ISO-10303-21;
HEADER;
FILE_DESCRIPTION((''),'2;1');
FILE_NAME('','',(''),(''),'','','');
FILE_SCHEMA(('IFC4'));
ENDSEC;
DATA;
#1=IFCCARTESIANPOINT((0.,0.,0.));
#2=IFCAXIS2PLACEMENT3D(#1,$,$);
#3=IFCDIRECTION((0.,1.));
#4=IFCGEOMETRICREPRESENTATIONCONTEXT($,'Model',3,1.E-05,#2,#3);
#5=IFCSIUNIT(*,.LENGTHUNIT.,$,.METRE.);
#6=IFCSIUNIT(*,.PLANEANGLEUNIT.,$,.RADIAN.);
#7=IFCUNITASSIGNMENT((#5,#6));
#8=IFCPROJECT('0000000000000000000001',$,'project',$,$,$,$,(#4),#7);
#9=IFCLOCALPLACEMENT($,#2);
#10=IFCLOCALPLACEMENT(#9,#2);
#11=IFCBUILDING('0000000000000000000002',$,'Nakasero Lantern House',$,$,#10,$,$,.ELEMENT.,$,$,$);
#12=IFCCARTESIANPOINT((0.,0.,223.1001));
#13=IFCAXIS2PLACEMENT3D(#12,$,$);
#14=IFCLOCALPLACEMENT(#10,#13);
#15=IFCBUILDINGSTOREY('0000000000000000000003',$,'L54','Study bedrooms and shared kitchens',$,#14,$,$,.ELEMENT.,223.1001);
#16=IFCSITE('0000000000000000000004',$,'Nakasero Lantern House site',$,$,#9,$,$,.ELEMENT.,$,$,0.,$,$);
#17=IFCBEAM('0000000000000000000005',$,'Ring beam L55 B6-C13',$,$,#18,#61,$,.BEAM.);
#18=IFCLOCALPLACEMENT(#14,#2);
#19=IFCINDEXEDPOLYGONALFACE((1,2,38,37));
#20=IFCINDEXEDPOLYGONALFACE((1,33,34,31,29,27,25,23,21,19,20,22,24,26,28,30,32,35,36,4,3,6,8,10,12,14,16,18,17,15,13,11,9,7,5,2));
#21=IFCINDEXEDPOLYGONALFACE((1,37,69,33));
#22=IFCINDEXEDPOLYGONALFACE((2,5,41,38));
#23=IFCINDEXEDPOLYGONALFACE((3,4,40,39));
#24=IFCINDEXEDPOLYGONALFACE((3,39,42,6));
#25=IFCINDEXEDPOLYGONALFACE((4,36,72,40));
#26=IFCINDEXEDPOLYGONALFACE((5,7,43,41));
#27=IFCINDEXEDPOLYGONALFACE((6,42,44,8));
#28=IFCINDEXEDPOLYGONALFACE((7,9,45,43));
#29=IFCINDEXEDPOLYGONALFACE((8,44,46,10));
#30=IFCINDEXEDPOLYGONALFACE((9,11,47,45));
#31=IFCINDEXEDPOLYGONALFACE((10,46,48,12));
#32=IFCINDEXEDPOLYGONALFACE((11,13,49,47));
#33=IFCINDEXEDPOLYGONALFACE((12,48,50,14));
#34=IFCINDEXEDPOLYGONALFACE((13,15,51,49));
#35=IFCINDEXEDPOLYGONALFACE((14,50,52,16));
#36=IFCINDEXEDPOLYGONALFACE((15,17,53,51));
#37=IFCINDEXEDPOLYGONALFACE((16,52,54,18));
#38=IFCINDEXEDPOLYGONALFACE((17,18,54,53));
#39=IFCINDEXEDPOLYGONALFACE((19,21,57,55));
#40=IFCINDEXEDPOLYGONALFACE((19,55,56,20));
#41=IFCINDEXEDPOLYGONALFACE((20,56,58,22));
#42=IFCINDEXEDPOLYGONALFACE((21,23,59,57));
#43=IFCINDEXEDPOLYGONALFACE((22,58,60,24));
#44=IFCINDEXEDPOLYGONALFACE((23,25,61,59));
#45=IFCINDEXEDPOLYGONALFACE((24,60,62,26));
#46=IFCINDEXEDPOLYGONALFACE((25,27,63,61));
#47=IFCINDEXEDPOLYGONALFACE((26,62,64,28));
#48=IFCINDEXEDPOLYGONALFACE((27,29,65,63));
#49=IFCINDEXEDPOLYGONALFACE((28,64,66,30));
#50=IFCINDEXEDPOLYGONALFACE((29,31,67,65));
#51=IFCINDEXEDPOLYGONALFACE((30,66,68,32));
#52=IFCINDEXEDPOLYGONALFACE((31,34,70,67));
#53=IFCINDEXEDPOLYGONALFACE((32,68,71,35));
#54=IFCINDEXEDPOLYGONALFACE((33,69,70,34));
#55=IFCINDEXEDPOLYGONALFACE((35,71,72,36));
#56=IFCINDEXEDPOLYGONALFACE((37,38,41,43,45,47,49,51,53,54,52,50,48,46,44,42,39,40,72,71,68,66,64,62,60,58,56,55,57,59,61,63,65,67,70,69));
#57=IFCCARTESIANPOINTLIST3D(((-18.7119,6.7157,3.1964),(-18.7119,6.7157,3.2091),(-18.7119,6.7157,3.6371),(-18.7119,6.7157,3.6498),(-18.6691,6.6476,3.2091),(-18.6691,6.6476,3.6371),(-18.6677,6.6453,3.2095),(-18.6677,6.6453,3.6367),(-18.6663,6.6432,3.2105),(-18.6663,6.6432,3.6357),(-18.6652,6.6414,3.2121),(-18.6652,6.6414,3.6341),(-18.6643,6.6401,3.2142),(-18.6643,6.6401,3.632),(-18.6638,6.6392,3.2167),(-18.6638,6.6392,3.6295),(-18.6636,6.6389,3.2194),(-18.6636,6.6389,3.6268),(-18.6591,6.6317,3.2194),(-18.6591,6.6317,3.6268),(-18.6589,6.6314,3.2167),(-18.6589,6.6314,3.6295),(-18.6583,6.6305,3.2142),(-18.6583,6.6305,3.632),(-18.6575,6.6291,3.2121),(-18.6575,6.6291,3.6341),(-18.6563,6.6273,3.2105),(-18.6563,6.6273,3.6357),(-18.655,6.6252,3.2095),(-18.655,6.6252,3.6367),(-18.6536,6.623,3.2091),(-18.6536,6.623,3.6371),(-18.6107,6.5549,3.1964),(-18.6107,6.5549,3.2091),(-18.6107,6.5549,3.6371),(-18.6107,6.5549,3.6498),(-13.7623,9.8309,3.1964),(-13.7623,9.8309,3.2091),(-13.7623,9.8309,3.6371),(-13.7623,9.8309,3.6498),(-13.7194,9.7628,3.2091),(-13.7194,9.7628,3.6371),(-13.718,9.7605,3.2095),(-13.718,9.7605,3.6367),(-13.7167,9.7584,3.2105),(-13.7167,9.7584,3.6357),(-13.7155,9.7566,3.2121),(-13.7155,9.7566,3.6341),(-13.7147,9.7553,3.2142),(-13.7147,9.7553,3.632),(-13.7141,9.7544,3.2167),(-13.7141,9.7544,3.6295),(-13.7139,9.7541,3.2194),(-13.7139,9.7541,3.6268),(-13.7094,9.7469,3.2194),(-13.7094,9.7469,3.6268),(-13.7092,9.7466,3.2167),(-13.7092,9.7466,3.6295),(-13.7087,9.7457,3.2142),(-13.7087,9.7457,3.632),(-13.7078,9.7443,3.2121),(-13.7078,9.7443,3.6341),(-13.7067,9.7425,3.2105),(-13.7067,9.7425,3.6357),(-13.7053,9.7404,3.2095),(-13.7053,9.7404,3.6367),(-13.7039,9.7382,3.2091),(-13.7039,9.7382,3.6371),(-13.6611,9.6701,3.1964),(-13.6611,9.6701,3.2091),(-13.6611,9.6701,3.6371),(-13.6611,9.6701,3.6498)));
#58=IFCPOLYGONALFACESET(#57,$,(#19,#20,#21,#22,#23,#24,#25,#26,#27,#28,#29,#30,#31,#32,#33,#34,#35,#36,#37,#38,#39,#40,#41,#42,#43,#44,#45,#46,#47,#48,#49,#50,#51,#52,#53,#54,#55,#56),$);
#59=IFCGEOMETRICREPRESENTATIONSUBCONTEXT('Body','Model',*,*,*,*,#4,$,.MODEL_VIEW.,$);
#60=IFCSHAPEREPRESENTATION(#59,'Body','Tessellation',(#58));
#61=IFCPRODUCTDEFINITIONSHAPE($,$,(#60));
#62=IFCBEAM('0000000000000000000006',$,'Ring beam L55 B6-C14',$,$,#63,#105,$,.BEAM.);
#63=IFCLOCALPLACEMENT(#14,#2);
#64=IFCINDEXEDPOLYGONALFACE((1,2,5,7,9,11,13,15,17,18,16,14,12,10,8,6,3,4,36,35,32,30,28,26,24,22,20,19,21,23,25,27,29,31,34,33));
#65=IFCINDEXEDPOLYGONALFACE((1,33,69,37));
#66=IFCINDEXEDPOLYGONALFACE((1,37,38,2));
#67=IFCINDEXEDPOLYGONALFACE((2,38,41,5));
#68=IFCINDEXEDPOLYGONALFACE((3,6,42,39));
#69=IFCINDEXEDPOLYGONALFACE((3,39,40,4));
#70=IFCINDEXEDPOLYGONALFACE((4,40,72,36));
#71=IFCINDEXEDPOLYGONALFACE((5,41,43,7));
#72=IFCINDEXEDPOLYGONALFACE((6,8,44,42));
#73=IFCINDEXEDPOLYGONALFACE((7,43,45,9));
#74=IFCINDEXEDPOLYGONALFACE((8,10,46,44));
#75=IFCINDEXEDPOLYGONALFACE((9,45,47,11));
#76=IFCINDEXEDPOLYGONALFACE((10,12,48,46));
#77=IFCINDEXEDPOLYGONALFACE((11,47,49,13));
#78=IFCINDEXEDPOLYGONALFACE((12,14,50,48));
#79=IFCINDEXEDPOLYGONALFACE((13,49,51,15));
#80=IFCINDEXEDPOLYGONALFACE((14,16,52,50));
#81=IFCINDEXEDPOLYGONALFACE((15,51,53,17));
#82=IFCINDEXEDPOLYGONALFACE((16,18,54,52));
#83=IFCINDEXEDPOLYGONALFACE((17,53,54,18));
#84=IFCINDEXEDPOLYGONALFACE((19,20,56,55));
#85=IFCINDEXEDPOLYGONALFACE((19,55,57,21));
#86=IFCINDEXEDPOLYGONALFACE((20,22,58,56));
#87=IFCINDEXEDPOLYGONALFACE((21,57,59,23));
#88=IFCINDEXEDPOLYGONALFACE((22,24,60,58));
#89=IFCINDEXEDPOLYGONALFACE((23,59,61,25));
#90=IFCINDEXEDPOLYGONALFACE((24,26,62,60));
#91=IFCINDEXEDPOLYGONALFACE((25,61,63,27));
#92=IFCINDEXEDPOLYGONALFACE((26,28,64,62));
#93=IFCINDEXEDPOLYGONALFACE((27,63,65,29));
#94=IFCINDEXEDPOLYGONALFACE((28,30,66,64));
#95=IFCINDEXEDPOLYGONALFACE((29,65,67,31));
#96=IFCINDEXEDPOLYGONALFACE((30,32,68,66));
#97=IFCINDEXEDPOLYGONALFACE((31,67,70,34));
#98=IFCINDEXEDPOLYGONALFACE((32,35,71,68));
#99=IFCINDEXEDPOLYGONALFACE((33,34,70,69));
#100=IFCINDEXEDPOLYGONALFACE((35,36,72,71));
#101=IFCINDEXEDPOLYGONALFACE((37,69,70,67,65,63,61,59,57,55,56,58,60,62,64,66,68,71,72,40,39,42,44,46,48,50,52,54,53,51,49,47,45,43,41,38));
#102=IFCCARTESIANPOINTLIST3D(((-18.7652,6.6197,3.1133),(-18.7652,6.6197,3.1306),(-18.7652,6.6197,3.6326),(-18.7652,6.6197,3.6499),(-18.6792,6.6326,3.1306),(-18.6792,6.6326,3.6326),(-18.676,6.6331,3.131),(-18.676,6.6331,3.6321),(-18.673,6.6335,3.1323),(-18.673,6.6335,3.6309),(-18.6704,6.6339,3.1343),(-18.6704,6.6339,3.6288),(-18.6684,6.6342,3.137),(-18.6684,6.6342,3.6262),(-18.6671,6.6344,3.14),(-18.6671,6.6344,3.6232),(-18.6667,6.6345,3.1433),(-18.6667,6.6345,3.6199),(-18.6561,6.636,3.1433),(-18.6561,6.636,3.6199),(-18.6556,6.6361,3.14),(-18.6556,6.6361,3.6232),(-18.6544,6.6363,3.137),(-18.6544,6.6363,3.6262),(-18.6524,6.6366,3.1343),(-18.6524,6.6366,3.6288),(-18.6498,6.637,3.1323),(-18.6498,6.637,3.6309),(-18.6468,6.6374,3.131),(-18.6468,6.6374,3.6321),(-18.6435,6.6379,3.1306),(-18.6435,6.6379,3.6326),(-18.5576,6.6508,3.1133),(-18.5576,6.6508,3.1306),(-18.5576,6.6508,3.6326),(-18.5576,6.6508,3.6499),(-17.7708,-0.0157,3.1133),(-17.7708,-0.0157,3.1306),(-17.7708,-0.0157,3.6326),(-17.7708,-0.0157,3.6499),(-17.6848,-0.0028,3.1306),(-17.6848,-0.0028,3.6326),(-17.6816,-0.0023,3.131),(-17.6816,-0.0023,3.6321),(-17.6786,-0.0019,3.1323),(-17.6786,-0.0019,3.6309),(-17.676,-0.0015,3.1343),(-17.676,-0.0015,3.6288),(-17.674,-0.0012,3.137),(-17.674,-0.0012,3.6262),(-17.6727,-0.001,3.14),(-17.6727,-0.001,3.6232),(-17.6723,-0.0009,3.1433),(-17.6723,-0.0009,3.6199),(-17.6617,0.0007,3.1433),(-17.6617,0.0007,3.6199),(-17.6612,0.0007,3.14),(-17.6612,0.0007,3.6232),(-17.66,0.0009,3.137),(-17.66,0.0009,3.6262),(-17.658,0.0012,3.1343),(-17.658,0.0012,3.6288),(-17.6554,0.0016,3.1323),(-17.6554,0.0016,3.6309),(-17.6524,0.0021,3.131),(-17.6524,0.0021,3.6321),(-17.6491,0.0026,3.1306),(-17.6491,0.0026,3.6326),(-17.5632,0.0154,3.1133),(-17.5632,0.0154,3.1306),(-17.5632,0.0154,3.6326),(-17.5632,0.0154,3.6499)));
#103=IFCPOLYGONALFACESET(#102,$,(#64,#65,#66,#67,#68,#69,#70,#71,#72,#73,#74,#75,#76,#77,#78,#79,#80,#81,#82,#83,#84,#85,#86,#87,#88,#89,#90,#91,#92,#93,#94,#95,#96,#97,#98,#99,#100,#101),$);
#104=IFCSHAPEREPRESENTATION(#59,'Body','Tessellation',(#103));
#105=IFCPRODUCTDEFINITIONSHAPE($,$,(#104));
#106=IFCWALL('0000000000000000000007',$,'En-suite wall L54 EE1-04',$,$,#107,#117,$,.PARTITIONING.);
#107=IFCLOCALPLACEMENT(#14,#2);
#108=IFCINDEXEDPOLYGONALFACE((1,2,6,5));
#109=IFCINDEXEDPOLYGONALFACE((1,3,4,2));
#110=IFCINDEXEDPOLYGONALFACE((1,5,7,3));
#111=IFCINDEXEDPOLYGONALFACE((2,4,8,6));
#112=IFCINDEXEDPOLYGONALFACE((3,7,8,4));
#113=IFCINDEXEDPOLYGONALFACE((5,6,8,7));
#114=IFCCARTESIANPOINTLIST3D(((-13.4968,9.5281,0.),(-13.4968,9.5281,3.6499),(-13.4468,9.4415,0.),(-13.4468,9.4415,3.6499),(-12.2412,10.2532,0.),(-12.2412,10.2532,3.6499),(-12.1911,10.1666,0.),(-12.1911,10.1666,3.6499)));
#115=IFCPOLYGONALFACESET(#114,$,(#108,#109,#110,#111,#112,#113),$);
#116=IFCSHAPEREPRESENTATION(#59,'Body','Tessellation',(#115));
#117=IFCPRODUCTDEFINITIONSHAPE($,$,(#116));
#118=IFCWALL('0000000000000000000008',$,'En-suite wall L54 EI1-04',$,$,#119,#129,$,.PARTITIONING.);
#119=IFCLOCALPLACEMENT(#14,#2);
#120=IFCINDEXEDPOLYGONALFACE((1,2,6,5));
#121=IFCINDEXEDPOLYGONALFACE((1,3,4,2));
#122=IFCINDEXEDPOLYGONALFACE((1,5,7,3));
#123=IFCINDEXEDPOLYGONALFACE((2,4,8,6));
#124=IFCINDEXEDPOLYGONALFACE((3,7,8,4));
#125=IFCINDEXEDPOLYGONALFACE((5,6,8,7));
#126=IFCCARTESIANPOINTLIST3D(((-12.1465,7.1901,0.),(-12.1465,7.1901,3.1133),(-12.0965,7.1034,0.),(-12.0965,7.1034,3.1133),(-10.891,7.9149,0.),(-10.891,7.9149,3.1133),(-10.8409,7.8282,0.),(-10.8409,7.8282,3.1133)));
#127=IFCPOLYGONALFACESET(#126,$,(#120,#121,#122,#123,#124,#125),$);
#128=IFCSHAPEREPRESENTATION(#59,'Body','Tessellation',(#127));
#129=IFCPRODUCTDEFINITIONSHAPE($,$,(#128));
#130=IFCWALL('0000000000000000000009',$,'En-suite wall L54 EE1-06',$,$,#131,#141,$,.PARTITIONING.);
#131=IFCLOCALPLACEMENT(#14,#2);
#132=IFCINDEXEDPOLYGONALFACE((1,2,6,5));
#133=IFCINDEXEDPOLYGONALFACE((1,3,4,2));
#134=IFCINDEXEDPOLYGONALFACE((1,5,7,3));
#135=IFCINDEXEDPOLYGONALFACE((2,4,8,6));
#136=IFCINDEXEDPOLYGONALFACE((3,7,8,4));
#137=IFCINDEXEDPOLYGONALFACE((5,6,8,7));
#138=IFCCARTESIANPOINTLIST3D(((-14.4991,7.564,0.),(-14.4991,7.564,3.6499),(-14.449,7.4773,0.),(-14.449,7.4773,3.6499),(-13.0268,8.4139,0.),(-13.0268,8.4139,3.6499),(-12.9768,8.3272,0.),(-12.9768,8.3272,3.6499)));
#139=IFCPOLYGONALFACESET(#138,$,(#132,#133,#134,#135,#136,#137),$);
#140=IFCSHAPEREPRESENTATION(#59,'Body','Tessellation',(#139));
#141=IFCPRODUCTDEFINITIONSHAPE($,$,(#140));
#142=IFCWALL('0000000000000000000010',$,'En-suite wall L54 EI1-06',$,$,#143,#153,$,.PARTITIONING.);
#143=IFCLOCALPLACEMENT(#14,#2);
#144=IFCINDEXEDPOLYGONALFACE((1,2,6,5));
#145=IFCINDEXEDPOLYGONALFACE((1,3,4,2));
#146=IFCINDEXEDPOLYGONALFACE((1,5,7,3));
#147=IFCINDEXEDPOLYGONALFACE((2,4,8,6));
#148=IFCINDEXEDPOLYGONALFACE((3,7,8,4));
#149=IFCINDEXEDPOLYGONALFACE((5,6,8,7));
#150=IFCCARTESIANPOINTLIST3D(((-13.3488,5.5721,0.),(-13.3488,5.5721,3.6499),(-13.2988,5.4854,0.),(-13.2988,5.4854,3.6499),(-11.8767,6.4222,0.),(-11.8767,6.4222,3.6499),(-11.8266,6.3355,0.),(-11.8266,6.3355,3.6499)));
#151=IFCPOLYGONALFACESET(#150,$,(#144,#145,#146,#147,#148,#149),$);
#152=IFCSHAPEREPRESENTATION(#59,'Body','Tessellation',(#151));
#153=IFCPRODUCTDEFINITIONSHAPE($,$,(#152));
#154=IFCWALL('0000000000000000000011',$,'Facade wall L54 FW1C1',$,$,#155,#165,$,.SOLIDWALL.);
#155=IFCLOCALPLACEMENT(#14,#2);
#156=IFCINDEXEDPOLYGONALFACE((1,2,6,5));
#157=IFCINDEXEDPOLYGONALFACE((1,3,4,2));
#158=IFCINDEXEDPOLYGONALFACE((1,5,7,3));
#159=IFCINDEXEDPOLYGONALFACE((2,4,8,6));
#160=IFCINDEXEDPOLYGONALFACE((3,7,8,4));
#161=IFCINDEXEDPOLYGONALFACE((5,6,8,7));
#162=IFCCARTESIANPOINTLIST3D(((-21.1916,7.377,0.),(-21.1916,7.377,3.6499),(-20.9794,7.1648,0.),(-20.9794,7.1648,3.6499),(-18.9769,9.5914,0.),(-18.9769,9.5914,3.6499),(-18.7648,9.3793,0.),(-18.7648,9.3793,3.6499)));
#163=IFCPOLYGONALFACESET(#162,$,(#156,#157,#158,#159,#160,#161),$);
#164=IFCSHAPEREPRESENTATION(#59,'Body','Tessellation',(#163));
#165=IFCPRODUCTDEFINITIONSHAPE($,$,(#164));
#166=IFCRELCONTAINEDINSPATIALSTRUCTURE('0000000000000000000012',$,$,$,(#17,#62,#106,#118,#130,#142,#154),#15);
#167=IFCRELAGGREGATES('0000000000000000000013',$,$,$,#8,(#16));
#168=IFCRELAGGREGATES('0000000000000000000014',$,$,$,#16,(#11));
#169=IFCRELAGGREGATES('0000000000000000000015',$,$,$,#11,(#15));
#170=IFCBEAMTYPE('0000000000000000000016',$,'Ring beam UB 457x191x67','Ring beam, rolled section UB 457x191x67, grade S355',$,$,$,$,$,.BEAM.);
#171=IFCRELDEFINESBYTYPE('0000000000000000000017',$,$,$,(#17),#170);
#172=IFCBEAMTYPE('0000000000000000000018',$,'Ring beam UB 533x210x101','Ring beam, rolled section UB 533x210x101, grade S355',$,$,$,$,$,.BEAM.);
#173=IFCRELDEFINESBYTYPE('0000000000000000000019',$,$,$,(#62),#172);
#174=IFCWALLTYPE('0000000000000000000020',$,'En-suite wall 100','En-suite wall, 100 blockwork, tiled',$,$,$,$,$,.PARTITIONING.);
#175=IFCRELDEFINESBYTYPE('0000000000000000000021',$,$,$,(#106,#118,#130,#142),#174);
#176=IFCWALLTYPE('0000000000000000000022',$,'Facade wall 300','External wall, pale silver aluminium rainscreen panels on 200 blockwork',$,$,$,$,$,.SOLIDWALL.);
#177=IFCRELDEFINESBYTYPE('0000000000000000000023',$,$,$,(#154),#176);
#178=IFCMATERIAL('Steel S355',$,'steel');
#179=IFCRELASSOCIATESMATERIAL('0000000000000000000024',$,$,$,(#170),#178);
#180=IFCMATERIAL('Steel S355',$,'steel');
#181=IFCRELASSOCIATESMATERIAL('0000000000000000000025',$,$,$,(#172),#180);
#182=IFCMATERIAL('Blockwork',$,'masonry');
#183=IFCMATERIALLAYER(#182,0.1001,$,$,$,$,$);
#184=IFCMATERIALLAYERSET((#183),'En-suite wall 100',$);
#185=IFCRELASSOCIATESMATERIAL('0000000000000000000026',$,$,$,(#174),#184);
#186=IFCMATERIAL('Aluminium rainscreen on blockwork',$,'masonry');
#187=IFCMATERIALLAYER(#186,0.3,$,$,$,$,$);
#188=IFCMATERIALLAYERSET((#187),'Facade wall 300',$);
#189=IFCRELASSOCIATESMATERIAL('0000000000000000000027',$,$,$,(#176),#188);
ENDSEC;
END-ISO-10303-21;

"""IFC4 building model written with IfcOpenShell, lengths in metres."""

from ifc_helpers import new_model, si_unit, direction, frame, frame_2d, origin, origin_2d, place, context, subcontext, project, spatial, rectangle, i_section, extrude, material, layer, layer_set, material_profile, profile_set, type_object, element, save


model = new_model("IFC4")

# Units and contexts
model_context = context("Model", 3, precision=1e-05, world=origin(), true_north=direction((0.0, 1.0)))
body_context = subcontext(model_context, "Body", "Model", "MODEL_VIEW")
ifc_project = project(units=[si_unit("LENGTHUNIT", "METRE"), si_unit("PLANEANGLEUNIT", "RADIAN")], contexts=[model_context])

# Site, building, storey
site_placement = place(None, origin())
site = spatial("IfcSite", under=ifc_project, at=site_placement, Name="Nakasero Lantern House site", CompositionType="ELEMENT", RefElevation=0.0)
building_placement = place(site_placement, origin())
building = spatial("IfcBuilding", under=site, at=building_placement, Name="Nakasero Lantern House", CompositionType="ELEMENT")
storey_placement = place(building_placement, frame((0.0, 0.0, 223.1001)))
storey = spatial("IfcBuildingStorey", under=building, at=storey_placement, Name="L54", Description="Study bedrooms and shared kitchens", CompositionType="ELEMENT", Elevation=223.1001)

# Beams
ifc_material_1 = material(Name="Steel S355", Category="steel")
ifc_material_profile_1 = material_profile(ifc_material_1, i_section(OverallWidth=0.1899, OverallDepth=0.4534, WebThickness=0.0085, FlangeThickness=0.0127, FilletRadius=0.0103, at=origin_2d()), Name="UB 457x191x67")
ifc_profile_set_1 = profile_set([ifc_material_profile_1], Name="Steel S355")
beam_type_1 = type_object("IfcBeamType", Name="Ring beam UB 457x191x67", Description="Ring beam, rolled section UB 457x191x67, grade S355", PredefinedType="BEAM", material=ifc_profile_set_1)
beam_1_placement = place(storey_placement, frame((-13.7117, 9.7505, 3.4231), z_axis=(-0.846329, -0.53266, 0.0), x_axis=(0.53266, -0.846329, 0.0)))
element("IfcBeam", 1, at=beam_1_placement, inside=storey, type_object=beam_type_1, Name="Ring beam L55 B6-C13", PredefinedType="BEAM", context=body_context, shape_type="SweptSolid", body=[
    extrude(i_section(OverallWidth=0.1899, OverallDepth=0.4534, WebThickness=0.0085, FlangeThickness=0.0127, FilletRadius=0.0103, at=origin_2d()), origin(), (0.0, 0.0, 1.0), 5.8484),
])
ifc_material_2 = material(Name="Steel S355", Category="steel")
ifc_material_profile_2 = material_profile(ifc_material_2, i_section(OverallWidth=0.21, OverallDepth=0.5366, WebThickness=0.0107, FlangeThickness=0.0173, FilletRadius=0.0127, at=origin_2d()), Name="UB 533x210x101")
ifc_profile_set_2 = profile_set([ifc_material_profile_2], Name="Steel S355")
beam_type_2 = type_object("IfcBeamType", Name="Ring beam UB 533x210x101", Description="Ring beam, rolled section UB 533x210x101, grade S355", PredefinedType="BEAM", material=ifc_profile_set_2)
beam_2_placement = place(storey_placement, frame((-18.6614, 6.6353, 3.3816), z_axis=(0.148209, -0.988956, 0.0), x_axis=(0.988956, 0.148209, 0.0)))
element("IfcBeam", 2, at=beam_2_placement, inside=storey, type_object=beam_type_2, Name="Ring beam L55 B6-C14", PredefinedType="BEAM", context=body_context, shape_type="SweptSolid", body=[
    extrude(i_section(OverallWidth=0.21, OverallDepth=0.5366, WebThickness=0.0107, FlangeThickness=0.0173, FilletRadius=0.0127, at=origin_2d()), origin(), (0.0, 0.0, 1.0), 6.7095),
])

# Walls
ifc_material_3 = material(Name="Blockwork", Category="masonry")
ifc_layer_1 = layer(ifc_material_3, 0.1001)
ifc_layer_set_1 = layer_set([ifc_layer_1], Name="En-suite wall 100")
wall_type_1 = type_object("IfcWallType", Name="En-suite wall 100", Description="En-suite wall, 100 blockwork, tiled", PredefinedType="PARTITIONING", material=ifc_layer_set_1)
wall_1_placement = place(storey_placement, frame((-12.2161, 10.21, 0.0), z_axis=(0.0, 0.0, 1.0), x_axis=(-0.865975, -0.500087, 0.0)))
element("IfcWall", 3, at=wall_1_placement, inside=storey, type_object=wall_type_1, Name="En-suite wall L54 EE1-04", PredefinedType="PARTITIONING", context=body_context, shape_type="SweptSolid", body=[
    extrude(rectangle(XDim=1.45, YDim=0.1001, at=frame_2d((0.7251, 0.0))), origin(), (0.0, 0.0, 1.0), 3.6499),
])
wall_2_placement = place(storey_placement, frame((-10.866, 7.8716, 0.0), z_axis=(0.0, 0.0, 1.0), x_axis=(-0.866048, -0.499961, 0.0)))
element("IfcWall", 4, at=wall_2_placement, inside=storey, type_object=wall_type_1, Name="En-suite wall L54 EI1-04", PredefinedType="PARTITIONING", context=body_context, shape_type="SweptSolid", body=[
    extrude(rectangle(XDim=1.4497, YDim=0.1001, at=frame_2d((0.7249, 0.0))), origin(), (0.0, 0.0, 1.0), 3.1133),
])
for number, where, z_axis, x_axis, name in (
    (5, (-13.0017, 8.3706, 0.0), (0.0, 0.0, 1.0), (-0.866052, -0.499955, 0.0), "En-suite wall L54 EE1-06"),
    (6, (-11.8516, 6.3789, 0.0), (0.0, 0.0, 1.0), (-0.865989, -0.500062, 0.0), "En-suite wall L54 EI1-06"),
):
    element("IfcWall", number, at=place(storey_placement, frame(where, z_axis=z_axis, x_axis=x_axis)), inside=storey, type_object=wall_type_1, Name=name, PredefinedType="PARTITIONING", context=body_context, shape_type="SweptSolid", body=[
        extrude(rectangle(XDim=1.7, YDim=0.1001, at=frame_2d((0.8501, 0.0))), origin(), (0.0, 0.0, 1.0), 3.6499),
    ])
ifc_material_4 = material(Name="Aluminium rainscreen on blockwork", Category="masonry")
ifc_layer_2 = layer(ifc_material_4, 0.3)
ifc_layer_set_2 = layer_set([ifc_layer_2], Name="Facade wall 300")
wall_type_2 = type_object("IfcWallType", Name="Facade wall 300", Description="External wall, pale silver aluminium rainscreen panels on 200 blockwork", PredefinedType="SOLIDWALL", material=ifc_layer_set_2)
wall_3_placement = place(storey_placement, frame((-18.8708, 9.4854, 0.0), z_axis=(0.0, 0.0, 1.0), x_axis=(-0.707146, -0.707068, 0.0)))
element("IfcWall", 7, at=wall_3_placement, inside=storey, type_object=wall_type_2, Name="Facade wall L54 FW1C1", PredefinedType="SOLIDWALL", context=body_context, shape_type="SweptSolid", body=[
    extrude(rectangle(XDim=3.1318, YDim=0.3, at=frame_2d((1.5659, 0.0))), origin(), (0.0, 0.0, 1.0), 3.6499),
])

save(model, "model.ifc")
